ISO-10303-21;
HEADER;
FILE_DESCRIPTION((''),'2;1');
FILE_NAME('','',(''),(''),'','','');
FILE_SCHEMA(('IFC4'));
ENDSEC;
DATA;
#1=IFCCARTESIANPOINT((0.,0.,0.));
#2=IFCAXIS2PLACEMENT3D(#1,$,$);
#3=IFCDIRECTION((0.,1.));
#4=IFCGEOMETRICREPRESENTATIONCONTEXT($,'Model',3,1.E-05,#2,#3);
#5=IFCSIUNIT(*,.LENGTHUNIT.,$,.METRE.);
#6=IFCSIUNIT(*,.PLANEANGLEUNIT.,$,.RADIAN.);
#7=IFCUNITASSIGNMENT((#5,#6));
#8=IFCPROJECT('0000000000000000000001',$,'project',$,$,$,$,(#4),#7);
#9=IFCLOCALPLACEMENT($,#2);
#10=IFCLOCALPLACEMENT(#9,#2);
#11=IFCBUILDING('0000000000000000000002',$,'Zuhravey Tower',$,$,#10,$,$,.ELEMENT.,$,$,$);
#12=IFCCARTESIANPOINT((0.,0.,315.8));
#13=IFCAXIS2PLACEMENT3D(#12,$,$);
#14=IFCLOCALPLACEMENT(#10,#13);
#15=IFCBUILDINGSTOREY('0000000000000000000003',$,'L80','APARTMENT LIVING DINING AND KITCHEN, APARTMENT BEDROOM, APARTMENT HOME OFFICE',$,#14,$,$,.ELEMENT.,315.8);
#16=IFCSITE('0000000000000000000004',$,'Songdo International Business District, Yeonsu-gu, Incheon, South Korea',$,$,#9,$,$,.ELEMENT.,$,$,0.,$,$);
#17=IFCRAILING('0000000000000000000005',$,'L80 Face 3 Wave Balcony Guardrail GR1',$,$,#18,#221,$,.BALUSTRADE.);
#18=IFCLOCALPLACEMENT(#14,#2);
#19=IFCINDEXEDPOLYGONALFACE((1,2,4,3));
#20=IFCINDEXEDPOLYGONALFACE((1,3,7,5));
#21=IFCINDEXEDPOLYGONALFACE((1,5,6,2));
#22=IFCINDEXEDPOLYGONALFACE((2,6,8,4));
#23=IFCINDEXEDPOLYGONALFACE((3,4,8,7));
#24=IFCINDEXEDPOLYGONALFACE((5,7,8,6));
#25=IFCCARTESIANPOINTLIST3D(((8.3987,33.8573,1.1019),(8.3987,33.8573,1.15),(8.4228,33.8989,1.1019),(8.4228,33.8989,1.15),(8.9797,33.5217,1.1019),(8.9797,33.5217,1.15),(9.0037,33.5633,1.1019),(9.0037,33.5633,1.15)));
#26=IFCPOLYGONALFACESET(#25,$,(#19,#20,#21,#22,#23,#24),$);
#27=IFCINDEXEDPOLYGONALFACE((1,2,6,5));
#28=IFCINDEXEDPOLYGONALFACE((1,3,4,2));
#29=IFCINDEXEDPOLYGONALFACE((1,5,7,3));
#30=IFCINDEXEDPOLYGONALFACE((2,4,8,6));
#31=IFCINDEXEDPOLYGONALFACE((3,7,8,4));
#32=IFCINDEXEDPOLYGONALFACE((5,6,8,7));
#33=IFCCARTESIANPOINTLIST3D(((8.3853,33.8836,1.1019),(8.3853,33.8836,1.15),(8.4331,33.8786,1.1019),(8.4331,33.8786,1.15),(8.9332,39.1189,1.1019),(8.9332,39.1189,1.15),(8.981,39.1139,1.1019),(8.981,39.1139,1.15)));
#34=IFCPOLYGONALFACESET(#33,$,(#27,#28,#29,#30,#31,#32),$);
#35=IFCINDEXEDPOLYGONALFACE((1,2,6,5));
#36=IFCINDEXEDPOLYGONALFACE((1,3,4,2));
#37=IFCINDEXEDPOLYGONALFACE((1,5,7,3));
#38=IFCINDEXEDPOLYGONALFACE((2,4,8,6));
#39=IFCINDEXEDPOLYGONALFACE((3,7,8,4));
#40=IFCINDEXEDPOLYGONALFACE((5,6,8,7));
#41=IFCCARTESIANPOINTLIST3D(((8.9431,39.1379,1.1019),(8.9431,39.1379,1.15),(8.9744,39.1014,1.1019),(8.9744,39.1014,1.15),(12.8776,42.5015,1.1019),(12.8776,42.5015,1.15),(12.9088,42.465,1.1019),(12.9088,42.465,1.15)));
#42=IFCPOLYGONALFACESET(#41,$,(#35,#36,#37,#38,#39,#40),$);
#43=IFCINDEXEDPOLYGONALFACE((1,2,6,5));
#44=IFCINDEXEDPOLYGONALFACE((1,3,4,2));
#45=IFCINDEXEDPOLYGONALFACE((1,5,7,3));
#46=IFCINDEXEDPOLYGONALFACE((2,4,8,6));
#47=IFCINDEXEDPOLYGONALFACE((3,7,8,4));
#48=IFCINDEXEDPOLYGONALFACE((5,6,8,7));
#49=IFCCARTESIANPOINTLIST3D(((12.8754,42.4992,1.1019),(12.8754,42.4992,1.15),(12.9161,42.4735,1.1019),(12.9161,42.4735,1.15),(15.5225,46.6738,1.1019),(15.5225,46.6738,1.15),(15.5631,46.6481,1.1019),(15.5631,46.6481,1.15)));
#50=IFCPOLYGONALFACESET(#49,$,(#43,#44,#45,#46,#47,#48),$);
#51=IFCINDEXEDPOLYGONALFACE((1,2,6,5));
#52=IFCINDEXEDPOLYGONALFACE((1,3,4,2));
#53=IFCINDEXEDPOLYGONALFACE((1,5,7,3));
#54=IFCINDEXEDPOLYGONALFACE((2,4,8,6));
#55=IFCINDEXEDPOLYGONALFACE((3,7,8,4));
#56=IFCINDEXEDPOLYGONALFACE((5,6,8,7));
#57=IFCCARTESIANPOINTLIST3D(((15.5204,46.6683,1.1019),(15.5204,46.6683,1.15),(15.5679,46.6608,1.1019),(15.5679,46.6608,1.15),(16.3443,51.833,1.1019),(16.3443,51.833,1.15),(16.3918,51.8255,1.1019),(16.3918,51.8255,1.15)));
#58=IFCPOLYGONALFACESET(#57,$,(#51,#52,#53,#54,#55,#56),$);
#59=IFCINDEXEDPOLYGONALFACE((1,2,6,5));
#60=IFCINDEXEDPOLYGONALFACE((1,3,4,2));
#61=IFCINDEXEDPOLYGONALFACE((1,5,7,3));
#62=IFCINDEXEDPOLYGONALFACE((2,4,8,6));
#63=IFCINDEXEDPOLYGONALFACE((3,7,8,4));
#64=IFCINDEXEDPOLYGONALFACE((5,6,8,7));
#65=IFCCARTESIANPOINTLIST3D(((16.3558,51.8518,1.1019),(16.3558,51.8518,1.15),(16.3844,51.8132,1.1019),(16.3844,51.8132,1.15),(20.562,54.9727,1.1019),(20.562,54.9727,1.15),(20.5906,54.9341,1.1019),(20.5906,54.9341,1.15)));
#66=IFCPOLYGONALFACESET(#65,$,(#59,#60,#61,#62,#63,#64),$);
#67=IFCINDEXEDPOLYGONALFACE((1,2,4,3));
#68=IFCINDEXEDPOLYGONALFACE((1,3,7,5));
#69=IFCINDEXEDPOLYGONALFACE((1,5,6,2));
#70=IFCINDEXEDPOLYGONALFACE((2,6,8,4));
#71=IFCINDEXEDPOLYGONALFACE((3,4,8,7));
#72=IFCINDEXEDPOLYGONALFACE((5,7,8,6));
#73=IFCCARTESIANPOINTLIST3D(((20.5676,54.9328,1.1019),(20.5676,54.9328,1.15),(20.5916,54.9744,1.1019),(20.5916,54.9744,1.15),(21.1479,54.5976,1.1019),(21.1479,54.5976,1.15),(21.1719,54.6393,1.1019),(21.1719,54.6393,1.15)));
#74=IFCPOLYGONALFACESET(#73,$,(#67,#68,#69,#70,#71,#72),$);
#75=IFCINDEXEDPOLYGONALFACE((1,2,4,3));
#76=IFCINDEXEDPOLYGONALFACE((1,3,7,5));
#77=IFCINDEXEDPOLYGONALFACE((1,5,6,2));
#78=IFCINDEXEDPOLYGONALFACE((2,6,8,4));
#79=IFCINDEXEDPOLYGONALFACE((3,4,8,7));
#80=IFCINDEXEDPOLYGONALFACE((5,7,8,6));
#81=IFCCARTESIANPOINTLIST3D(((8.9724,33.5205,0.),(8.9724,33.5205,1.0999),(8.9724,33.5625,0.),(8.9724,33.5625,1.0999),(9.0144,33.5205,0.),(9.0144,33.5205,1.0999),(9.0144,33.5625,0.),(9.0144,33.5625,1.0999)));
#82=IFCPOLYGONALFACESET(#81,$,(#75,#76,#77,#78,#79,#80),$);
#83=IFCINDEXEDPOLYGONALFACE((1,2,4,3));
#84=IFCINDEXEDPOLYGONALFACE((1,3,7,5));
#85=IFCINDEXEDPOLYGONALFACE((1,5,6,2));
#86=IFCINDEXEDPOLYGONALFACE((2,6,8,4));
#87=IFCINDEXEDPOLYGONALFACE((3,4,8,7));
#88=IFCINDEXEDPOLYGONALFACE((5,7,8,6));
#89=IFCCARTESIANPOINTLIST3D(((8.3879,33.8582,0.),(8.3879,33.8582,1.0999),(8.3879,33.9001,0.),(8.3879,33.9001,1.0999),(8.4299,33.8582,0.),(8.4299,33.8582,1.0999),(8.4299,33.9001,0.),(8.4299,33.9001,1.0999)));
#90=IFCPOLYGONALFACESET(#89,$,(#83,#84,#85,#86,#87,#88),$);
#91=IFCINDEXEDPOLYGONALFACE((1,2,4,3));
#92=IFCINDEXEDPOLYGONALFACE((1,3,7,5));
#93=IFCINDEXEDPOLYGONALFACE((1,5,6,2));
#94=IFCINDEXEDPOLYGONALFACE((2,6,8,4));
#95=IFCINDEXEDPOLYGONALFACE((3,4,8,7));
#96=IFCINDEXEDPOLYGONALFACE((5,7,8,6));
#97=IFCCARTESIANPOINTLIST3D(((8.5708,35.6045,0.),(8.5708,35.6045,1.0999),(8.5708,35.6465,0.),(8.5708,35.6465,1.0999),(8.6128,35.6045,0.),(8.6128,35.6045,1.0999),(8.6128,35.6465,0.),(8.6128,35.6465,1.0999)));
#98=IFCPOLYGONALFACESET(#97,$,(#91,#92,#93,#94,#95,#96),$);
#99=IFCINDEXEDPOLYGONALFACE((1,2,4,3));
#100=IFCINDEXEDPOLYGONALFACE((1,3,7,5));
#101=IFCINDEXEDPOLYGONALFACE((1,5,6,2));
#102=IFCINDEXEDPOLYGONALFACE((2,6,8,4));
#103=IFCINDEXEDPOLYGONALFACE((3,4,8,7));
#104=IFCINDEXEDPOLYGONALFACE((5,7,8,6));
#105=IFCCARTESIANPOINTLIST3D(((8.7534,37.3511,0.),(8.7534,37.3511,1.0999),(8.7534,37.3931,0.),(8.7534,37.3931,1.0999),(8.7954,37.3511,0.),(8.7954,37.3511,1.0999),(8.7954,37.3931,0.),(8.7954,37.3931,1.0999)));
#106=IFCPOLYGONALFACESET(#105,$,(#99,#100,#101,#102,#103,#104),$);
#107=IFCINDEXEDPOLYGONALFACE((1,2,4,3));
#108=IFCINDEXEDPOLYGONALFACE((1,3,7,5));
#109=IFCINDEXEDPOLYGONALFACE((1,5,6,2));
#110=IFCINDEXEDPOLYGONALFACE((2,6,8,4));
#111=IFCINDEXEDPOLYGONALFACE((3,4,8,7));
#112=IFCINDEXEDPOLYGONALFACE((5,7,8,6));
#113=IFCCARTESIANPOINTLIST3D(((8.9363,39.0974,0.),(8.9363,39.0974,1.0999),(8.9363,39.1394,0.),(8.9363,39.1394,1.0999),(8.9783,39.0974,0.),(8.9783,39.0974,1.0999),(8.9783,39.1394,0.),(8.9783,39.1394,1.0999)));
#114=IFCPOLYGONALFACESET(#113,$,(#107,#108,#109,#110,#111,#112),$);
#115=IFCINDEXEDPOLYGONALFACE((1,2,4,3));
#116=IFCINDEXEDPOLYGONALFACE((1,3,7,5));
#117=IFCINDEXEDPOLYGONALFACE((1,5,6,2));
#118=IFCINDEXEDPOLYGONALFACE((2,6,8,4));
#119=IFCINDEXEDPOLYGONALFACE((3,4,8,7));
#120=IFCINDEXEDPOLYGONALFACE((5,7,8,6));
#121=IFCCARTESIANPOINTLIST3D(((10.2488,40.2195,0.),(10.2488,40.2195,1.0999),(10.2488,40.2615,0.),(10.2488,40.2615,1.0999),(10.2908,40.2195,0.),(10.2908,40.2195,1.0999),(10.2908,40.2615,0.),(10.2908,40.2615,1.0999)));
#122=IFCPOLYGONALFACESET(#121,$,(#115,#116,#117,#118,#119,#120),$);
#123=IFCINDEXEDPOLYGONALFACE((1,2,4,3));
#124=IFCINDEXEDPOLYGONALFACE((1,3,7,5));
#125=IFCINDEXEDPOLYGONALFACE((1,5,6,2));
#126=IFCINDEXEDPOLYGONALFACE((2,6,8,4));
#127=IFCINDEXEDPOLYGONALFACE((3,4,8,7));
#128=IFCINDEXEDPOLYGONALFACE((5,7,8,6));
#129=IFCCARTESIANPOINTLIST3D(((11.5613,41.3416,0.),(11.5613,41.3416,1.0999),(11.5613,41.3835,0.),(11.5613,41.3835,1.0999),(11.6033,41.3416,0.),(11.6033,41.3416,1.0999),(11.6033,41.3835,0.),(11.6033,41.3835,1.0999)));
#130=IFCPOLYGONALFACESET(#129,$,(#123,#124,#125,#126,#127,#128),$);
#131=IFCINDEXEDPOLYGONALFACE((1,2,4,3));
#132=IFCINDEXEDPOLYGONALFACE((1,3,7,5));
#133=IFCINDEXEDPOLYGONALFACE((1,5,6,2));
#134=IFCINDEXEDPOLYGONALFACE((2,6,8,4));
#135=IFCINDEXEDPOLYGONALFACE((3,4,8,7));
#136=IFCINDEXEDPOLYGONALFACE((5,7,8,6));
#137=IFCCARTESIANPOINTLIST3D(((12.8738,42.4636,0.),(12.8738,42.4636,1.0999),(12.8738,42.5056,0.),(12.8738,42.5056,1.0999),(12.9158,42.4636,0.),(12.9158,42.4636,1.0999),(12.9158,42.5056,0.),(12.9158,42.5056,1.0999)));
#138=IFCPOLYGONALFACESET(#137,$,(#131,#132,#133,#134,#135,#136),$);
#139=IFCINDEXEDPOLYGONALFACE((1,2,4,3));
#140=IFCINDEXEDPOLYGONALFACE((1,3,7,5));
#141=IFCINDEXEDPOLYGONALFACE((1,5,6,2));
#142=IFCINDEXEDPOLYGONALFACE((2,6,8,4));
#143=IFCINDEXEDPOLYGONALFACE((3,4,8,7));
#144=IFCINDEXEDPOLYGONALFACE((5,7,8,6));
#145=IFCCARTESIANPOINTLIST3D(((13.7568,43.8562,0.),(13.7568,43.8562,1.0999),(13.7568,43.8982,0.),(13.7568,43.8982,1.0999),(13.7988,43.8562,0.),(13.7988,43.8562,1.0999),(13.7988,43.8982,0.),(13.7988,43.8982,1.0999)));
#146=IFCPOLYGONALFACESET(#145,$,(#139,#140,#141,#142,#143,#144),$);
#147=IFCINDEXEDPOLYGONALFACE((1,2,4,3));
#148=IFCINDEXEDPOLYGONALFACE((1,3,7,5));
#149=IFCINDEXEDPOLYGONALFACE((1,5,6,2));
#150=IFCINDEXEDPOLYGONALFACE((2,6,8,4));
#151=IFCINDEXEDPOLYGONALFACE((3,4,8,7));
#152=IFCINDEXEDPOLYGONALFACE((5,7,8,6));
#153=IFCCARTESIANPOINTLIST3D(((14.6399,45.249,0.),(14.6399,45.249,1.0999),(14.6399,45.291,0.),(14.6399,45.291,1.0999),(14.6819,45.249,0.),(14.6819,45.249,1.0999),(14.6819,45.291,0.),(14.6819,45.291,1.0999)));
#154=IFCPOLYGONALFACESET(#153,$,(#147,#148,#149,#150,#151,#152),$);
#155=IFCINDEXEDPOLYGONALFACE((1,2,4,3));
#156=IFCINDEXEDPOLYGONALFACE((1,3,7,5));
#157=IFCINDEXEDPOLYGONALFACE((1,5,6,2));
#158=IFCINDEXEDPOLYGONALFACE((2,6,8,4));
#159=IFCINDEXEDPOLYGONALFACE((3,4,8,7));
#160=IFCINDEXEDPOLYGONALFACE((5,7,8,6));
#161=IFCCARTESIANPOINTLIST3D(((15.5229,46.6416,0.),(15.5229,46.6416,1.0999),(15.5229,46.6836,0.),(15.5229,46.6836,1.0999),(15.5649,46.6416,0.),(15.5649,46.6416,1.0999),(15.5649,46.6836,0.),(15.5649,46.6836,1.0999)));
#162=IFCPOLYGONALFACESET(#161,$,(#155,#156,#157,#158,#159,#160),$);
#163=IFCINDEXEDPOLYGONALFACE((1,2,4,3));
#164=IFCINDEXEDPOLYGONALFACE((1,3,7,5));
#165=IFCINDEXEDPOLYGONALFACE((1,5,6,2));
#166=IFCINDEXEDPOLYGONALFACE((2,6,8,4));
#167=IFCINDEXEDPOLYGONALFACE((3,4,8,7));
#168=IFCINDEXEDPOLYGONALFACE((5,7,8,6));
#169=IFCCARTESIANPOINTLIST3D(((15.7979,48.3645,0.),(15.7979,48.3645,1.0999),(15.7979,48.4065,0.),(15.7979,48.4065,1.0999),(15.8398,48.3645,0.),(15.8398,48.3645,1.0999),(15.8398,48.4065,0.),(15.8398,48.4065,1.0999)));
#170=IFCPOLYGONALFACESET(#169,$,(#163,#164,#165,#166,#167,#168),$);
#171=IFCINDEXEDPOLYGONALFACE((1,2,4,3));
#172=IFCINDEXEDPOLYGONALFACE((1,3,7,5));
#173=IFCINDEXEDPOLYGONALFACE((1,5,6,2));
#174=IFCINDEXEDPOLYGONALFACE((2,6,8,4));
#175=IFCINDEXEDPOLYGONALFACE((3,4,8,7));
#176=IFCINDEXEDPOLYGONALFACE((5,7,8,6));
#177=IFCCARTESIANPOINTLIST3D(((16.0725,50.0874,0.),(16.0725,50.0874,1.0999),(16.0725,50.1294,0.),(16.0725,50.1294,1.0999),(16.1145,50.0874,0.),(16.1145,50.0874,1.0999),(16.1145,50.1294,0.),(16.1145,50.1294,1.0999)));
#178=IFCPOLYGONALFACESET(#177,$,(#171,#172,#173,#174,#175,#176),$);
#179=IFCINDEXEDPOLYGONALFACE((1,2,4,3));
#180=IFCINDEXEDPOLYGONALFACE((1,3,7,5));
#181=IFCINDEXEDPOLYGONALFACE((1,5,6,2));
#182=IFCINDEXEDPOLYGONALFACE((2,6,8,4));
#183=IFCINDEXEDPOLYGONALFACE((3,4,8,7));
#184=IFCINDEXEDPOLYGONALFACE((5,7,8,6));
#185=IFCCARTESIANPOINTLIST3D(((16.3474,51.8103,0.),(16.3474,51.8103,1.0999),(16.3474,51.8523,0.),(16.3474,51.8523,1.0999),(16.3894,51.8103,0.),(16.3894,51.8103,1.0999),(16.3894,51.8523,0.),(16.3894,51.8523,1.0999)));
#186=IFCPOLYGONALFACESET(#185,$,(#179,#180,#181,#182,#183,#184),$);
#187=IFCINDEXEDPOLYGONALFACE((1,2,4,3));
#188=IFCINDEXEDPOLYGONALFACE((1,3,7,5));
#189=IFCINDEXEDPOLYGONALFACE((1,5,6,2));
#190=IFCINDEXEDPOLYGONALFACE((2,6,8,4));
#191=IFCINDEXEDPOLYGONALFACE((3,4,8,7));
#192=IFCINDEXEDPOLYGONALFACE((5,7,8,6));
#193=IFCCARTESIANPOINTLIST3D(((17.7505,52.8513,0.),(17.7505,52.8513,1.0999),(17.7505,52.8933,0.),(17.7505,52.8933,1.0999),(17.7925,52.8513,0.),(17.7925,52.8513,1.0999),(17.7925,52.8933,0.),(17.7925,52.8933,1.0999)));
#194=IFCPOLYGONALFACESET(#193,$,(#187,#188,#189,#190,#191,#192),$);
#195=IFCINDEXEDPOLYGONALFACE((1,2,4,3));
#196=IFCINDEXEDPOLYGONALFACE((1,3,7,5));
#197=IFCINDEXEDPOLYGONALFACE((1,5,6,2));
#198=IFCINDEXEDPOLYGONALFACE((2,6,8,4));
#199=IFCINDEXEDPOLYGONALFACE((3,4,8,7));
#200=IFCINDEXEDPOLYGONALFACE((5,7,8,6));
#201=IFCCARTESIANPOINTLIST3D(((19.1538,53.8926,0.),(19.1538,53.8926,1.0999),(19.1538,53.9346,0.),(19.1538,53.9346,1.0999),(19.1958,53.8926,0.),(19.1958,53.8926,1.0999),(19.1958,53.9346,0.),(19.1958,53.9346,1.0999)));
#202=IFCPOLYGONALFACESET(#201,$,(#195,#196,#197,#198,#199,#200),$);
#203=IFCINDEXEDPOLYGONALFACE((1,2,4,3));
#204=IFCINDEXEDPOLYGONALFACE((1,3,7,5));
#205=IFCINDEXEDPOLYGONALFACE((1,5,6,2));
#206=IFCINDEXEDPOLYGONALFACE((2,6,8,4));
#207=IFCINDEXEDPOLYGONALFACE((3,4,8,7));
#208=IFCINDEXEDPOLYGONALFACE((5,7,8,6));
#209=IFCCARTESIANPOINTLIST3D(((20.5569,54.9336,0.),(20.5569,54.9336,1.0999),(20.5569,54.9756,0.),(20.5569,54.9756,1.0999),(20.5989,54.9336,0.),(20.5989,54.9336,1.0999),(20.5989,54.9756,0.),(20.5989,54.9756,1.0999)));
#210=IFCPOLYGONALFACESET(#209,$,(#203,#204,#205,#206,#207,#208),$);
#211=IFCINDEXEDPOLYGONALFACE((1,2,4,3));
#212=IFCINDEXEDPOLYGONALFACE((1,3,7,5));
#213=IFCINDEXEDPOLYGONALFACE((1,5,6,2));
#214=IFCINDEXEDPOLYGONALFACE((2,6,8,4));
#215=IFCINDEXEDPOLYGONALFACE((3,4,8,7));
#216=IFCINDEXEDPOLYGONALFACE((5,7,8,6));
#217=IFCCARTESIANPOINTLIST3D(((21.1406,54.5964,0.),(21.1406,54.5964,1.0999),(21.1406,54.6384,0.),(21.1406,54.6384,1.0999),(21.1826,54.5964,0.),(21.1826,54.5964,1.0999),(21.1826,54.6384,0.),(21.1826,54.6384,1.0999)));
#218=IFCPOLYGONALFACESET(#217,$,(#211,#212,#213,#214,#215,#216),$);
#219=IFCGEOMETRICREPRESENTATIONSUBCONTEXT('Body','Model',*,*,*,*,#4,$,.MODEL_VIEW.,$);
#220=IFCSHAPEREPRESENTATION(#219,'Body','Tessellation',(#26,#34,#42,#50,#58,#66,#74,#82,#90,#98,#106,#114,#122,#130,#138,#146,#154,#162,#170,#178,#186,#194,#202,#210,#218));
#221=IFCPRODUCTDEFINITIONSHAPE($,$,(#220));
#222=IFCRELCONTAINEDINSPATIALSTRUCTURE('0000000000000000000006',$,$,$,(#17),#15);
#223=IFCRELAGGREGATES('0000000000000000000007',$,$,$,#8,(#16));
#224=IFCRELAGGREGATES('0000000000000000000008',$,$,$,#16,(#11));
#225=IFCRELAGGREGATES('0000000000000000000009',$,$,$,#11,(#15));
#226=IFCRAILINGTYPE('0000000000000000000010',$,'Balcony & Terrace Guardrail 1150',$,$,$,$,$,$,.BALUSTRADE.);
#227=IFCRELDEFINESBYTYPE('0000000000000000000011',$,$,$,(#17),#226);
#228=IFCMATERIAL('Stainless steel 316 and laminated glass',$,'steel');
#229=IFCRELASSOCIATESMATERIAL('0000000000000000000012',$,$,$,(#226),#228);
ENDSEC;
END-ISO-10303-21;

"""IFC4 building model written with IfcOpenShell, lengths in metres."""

from ifc_helpers import new_model, si_unit, direction, frame, origin, origin_2d, place, context, subcontext, project, spatial, rectangle, extrude, material, type_object, element, save


model = new_model("IFC4")

# Units and contexts
model_context = context("Model", 3, precision=1e-05, world=origin(), true_north=direction((0.0, 1.0)))
body_context = subcontext(model_context, "Body", "Model", "MODEL_VIEW")
ifc_project = project(units=[si_unit("LENGTHUNIT", "METRE"), si_unit("PLANEANGLEUNIT", "RADIAN")], contexts=[model_context])

# Site, building, storey
site_placement = place(None, origin())
site = spatial("IfcSite", under=ifc_project, at=site_placement, Name="Songdo International Business District, Yeonsu-gu, Incheon, South Korea", CompositionType="ELEMENT", RefElevation=0.0)
building_placement = place(site_placement, origin())
building = spatial("IfcBuilding", under=site, at=building_placement, Name="Zuhravey Tower", CompositionType="ELEMENT")
storey_placement = place(building_placement, frame((0.0, 0.0, 315.8)))
storey = spatial("IfcBuildingStorey", under=building, at=storey_placement, Name="L80", Description="APARTMENT LIVING DINING AND KITCHEN, APARTMENT BEDROOM, APARTMENT HOME OFFICE", CompositionType="ELEMENT", Elevation=315.8)

# Railing
ifc_material_1 = material(Name="Stainless steel 316 and laminated glass", Category="steel")
railing_type = type_object("IfcRailingType", Name="Balcony & Terrace Guardrail 1150", PredefinedType="BALUSTRADE", material=ifc_material_1)
railing_placement = place(storey_placement, frame((8.9934, 33.5415, 0.0)))
element("IfcRailing", 1, at=railing_placement, inside=storey, type_object=railing_type, Name="L80 Face 3 Wave Balcony Guardrail GR1", PredefinedType="BALUSTRADE", context=body_context, shape_type="SweptSolid", body=[
    extrude(rectangle(XDim=0.0481, YDim=0.0481, at=origin_2d()), frame((-0.0017, 0.001, 1.126), z_axis=(-0.865896, 0.500223, 0.0), x_axis=(-0.500223, -0.865896, 0.0)), (0.0, 0.0, 1.0), 0.6709),
    extrude(rectangle(XDim=0.0481, YDim=0.0481, at=origin_2d()), frame((-0.5842, 0.3396, 1.126), z_axis=(0.104091, 0.994568, 0.0), x_axis=(-0.994568, 0.104091, 0.0)), (0.0, 0.0, 1.0), 5.2639),
    extrude(rectangle(XDim=0.0481, YDim=0.0481, at=origin_2d()), frame((-0.0347, 5.5781, 1.126), z_axis=(0.760094, 0.649813, 0.0), x_axis=(-0.649813, 0.760094, 0.0)), (0.0, 0.0, 1.0), 5.1763),
    extrude(rectangle(XDim=0.0481, YDim=0.0481, at=origin_2d()), frame((3.9023, 8.9448, 1.126), z_axis=(0.535502, 0.844534, 0.0), x_axis=(-0.844534, 0.535502, 0.0)), (0.0, 0.0, 1.0), 4.9431),
    extrude(rectangle(XDim=0.0481, YDim=0.0481, at=origin_2d()), frame((6.5508, 13.123, 1.126), z_axis=(0.157519, 0.987516, 0.0), x_axis=(-0.987516, 0.157519, 0.0)), (0.0, 0.0, 1.0), 5.23),
    extrude(rectangle(XDim=0.0481, YDim=0.0481, at=origin_2d()), frame((7.3767, 18.291, 1.126), z_axis=(0.803086, 0.595863, 0.0), x_axis=(-0.595863, 0.803086, 0.0)), (0.0, 0.0, 1.0), 5.2375),
    extrude(rectangle(XDim=0.0481, YDim=0.0481, at=origin_2d()), frame((11.5862, 21.4121, 1.126), z_axis=(0.865938, -0.500151, 0.0), x_axis=(0.500151, 0.865938, 0.0)), (0.0, 0.0, 1.0), 0.6702),
    extrude(rectangle(XDim=0.042, YDim=0.042, at=origin_2d()), origin(), (0.0, 0.0, 1.0), 1.0999),
    extrude(rectangle(XDim=0.042, YDim=0.042, at=origin_2d()), frame((-0.5845, 0.3376, 0.0)), (0.0, 0.0, 1.0), 1.0999),
    extrude(rectangle(XDim=0.042, YDim=0.042, at=origin_2d()), frame((-0.4016, 2.084, 0.0)), (0.0, 0.0, 1.0), 1.0999),
    extrude(rectangle(XDim=0.042, YDim=0.042, at=origin_2d()), frame((-0.219, 3.8306, 0.0)), (0.0, 0.0, 1.0), 1.0999),
    extrude(rectangle(XDim=0.042, YDim=0.042, at=origin_2d()), frame((-0.0361, 5.5769, 0.0)), (0.0, 0.0, 1.0), 1.0999),
    extrude(rectangle(XDim=0.042, YDim=0.042, at=origin_2d()), frame((1.2764, 6.699, 0.0)), (0.0, 0.0, 1.0), 1.0999),
    extrude(rectangle(XDim=0.042, YDim=0.042, at=origin_2d()), frame((2.5889, 7.821, 0.0)), (0.0, 0.0, 1.0), 1.0999),
    extrude(rectangle(XDim=0.042, YDim=0.042, at=origin_2d()), frame((3.9014, 8.9431, 0.0)), (0.0, 0.0, 1.0), 1.0999),
    extrude(rectangle(XDim=0.042, YDim=0.042, at=origin_2d()), frame((4.7844, 10.3357, 0.0)), (0.0, 0.0, 1.0), 1.0999),
    extrude(rectangle(XDim=0.042, YDim=0.042, at=origin_2d()), frame((5.6675, 11.7285, 0.0)), (0.0, 0.0, 1.0), 1.0999),
    extrude(rectangle(XDim=0.042, YDim=0.042, at=origin_2d()), frame((6.5505, 13.1211, 0.0)), (0.0, 0.0, 1.0), 1.0999),
    extrude(rectangle(XDim=0.042, YDim=0.042, at=origin_2d()), frame((6.8254, 14.844, 0.0)), (0.0, 0.0, 1.0), 1.0999),
    extrude(rectangle(XDim=0.042, YDim=0.042, at=origin_2d()), frame((7.1001, 16.5669, 0.0)), (0.0, 0.0, 1.0), 1.0999),
    extrude(rectangle(XDim=0.042, YDim=0.042, at=origin_2d()), frame((7.375, 18.2898, 0.0)), (0.0, 0.0, 1.0), 1.0999),
    extrude(rectangle(XDim=0.042, YDim=0.042, at=origin_2d()), frame((8.7781, 19.3308, 0.0)), (0.0, 0.0, 1.0), 1.0999),
    extrude(rectangle(XDim=0.042, YDim=0.042, at=origin_2d()), frame((10.1814, 20.3721, 0.0)), (0.0, 0.0, 1.0), 1.0999),
    extrude(rectangle(XDim=0.042, YDim=0.042, at=origin_2d()), frame((11.5845, 21.4131, 0.0)), (0.0, 0.0, 1.0), 1.0999),
    extrude(rectangle(XDim=0.042, YDim=0.042, at=origin_2d()), frame((12.1682, 21.0759, 0.0)), (0.0, 0.0, 1.0), 1.0999),
])

save(model, "model.ifc")
